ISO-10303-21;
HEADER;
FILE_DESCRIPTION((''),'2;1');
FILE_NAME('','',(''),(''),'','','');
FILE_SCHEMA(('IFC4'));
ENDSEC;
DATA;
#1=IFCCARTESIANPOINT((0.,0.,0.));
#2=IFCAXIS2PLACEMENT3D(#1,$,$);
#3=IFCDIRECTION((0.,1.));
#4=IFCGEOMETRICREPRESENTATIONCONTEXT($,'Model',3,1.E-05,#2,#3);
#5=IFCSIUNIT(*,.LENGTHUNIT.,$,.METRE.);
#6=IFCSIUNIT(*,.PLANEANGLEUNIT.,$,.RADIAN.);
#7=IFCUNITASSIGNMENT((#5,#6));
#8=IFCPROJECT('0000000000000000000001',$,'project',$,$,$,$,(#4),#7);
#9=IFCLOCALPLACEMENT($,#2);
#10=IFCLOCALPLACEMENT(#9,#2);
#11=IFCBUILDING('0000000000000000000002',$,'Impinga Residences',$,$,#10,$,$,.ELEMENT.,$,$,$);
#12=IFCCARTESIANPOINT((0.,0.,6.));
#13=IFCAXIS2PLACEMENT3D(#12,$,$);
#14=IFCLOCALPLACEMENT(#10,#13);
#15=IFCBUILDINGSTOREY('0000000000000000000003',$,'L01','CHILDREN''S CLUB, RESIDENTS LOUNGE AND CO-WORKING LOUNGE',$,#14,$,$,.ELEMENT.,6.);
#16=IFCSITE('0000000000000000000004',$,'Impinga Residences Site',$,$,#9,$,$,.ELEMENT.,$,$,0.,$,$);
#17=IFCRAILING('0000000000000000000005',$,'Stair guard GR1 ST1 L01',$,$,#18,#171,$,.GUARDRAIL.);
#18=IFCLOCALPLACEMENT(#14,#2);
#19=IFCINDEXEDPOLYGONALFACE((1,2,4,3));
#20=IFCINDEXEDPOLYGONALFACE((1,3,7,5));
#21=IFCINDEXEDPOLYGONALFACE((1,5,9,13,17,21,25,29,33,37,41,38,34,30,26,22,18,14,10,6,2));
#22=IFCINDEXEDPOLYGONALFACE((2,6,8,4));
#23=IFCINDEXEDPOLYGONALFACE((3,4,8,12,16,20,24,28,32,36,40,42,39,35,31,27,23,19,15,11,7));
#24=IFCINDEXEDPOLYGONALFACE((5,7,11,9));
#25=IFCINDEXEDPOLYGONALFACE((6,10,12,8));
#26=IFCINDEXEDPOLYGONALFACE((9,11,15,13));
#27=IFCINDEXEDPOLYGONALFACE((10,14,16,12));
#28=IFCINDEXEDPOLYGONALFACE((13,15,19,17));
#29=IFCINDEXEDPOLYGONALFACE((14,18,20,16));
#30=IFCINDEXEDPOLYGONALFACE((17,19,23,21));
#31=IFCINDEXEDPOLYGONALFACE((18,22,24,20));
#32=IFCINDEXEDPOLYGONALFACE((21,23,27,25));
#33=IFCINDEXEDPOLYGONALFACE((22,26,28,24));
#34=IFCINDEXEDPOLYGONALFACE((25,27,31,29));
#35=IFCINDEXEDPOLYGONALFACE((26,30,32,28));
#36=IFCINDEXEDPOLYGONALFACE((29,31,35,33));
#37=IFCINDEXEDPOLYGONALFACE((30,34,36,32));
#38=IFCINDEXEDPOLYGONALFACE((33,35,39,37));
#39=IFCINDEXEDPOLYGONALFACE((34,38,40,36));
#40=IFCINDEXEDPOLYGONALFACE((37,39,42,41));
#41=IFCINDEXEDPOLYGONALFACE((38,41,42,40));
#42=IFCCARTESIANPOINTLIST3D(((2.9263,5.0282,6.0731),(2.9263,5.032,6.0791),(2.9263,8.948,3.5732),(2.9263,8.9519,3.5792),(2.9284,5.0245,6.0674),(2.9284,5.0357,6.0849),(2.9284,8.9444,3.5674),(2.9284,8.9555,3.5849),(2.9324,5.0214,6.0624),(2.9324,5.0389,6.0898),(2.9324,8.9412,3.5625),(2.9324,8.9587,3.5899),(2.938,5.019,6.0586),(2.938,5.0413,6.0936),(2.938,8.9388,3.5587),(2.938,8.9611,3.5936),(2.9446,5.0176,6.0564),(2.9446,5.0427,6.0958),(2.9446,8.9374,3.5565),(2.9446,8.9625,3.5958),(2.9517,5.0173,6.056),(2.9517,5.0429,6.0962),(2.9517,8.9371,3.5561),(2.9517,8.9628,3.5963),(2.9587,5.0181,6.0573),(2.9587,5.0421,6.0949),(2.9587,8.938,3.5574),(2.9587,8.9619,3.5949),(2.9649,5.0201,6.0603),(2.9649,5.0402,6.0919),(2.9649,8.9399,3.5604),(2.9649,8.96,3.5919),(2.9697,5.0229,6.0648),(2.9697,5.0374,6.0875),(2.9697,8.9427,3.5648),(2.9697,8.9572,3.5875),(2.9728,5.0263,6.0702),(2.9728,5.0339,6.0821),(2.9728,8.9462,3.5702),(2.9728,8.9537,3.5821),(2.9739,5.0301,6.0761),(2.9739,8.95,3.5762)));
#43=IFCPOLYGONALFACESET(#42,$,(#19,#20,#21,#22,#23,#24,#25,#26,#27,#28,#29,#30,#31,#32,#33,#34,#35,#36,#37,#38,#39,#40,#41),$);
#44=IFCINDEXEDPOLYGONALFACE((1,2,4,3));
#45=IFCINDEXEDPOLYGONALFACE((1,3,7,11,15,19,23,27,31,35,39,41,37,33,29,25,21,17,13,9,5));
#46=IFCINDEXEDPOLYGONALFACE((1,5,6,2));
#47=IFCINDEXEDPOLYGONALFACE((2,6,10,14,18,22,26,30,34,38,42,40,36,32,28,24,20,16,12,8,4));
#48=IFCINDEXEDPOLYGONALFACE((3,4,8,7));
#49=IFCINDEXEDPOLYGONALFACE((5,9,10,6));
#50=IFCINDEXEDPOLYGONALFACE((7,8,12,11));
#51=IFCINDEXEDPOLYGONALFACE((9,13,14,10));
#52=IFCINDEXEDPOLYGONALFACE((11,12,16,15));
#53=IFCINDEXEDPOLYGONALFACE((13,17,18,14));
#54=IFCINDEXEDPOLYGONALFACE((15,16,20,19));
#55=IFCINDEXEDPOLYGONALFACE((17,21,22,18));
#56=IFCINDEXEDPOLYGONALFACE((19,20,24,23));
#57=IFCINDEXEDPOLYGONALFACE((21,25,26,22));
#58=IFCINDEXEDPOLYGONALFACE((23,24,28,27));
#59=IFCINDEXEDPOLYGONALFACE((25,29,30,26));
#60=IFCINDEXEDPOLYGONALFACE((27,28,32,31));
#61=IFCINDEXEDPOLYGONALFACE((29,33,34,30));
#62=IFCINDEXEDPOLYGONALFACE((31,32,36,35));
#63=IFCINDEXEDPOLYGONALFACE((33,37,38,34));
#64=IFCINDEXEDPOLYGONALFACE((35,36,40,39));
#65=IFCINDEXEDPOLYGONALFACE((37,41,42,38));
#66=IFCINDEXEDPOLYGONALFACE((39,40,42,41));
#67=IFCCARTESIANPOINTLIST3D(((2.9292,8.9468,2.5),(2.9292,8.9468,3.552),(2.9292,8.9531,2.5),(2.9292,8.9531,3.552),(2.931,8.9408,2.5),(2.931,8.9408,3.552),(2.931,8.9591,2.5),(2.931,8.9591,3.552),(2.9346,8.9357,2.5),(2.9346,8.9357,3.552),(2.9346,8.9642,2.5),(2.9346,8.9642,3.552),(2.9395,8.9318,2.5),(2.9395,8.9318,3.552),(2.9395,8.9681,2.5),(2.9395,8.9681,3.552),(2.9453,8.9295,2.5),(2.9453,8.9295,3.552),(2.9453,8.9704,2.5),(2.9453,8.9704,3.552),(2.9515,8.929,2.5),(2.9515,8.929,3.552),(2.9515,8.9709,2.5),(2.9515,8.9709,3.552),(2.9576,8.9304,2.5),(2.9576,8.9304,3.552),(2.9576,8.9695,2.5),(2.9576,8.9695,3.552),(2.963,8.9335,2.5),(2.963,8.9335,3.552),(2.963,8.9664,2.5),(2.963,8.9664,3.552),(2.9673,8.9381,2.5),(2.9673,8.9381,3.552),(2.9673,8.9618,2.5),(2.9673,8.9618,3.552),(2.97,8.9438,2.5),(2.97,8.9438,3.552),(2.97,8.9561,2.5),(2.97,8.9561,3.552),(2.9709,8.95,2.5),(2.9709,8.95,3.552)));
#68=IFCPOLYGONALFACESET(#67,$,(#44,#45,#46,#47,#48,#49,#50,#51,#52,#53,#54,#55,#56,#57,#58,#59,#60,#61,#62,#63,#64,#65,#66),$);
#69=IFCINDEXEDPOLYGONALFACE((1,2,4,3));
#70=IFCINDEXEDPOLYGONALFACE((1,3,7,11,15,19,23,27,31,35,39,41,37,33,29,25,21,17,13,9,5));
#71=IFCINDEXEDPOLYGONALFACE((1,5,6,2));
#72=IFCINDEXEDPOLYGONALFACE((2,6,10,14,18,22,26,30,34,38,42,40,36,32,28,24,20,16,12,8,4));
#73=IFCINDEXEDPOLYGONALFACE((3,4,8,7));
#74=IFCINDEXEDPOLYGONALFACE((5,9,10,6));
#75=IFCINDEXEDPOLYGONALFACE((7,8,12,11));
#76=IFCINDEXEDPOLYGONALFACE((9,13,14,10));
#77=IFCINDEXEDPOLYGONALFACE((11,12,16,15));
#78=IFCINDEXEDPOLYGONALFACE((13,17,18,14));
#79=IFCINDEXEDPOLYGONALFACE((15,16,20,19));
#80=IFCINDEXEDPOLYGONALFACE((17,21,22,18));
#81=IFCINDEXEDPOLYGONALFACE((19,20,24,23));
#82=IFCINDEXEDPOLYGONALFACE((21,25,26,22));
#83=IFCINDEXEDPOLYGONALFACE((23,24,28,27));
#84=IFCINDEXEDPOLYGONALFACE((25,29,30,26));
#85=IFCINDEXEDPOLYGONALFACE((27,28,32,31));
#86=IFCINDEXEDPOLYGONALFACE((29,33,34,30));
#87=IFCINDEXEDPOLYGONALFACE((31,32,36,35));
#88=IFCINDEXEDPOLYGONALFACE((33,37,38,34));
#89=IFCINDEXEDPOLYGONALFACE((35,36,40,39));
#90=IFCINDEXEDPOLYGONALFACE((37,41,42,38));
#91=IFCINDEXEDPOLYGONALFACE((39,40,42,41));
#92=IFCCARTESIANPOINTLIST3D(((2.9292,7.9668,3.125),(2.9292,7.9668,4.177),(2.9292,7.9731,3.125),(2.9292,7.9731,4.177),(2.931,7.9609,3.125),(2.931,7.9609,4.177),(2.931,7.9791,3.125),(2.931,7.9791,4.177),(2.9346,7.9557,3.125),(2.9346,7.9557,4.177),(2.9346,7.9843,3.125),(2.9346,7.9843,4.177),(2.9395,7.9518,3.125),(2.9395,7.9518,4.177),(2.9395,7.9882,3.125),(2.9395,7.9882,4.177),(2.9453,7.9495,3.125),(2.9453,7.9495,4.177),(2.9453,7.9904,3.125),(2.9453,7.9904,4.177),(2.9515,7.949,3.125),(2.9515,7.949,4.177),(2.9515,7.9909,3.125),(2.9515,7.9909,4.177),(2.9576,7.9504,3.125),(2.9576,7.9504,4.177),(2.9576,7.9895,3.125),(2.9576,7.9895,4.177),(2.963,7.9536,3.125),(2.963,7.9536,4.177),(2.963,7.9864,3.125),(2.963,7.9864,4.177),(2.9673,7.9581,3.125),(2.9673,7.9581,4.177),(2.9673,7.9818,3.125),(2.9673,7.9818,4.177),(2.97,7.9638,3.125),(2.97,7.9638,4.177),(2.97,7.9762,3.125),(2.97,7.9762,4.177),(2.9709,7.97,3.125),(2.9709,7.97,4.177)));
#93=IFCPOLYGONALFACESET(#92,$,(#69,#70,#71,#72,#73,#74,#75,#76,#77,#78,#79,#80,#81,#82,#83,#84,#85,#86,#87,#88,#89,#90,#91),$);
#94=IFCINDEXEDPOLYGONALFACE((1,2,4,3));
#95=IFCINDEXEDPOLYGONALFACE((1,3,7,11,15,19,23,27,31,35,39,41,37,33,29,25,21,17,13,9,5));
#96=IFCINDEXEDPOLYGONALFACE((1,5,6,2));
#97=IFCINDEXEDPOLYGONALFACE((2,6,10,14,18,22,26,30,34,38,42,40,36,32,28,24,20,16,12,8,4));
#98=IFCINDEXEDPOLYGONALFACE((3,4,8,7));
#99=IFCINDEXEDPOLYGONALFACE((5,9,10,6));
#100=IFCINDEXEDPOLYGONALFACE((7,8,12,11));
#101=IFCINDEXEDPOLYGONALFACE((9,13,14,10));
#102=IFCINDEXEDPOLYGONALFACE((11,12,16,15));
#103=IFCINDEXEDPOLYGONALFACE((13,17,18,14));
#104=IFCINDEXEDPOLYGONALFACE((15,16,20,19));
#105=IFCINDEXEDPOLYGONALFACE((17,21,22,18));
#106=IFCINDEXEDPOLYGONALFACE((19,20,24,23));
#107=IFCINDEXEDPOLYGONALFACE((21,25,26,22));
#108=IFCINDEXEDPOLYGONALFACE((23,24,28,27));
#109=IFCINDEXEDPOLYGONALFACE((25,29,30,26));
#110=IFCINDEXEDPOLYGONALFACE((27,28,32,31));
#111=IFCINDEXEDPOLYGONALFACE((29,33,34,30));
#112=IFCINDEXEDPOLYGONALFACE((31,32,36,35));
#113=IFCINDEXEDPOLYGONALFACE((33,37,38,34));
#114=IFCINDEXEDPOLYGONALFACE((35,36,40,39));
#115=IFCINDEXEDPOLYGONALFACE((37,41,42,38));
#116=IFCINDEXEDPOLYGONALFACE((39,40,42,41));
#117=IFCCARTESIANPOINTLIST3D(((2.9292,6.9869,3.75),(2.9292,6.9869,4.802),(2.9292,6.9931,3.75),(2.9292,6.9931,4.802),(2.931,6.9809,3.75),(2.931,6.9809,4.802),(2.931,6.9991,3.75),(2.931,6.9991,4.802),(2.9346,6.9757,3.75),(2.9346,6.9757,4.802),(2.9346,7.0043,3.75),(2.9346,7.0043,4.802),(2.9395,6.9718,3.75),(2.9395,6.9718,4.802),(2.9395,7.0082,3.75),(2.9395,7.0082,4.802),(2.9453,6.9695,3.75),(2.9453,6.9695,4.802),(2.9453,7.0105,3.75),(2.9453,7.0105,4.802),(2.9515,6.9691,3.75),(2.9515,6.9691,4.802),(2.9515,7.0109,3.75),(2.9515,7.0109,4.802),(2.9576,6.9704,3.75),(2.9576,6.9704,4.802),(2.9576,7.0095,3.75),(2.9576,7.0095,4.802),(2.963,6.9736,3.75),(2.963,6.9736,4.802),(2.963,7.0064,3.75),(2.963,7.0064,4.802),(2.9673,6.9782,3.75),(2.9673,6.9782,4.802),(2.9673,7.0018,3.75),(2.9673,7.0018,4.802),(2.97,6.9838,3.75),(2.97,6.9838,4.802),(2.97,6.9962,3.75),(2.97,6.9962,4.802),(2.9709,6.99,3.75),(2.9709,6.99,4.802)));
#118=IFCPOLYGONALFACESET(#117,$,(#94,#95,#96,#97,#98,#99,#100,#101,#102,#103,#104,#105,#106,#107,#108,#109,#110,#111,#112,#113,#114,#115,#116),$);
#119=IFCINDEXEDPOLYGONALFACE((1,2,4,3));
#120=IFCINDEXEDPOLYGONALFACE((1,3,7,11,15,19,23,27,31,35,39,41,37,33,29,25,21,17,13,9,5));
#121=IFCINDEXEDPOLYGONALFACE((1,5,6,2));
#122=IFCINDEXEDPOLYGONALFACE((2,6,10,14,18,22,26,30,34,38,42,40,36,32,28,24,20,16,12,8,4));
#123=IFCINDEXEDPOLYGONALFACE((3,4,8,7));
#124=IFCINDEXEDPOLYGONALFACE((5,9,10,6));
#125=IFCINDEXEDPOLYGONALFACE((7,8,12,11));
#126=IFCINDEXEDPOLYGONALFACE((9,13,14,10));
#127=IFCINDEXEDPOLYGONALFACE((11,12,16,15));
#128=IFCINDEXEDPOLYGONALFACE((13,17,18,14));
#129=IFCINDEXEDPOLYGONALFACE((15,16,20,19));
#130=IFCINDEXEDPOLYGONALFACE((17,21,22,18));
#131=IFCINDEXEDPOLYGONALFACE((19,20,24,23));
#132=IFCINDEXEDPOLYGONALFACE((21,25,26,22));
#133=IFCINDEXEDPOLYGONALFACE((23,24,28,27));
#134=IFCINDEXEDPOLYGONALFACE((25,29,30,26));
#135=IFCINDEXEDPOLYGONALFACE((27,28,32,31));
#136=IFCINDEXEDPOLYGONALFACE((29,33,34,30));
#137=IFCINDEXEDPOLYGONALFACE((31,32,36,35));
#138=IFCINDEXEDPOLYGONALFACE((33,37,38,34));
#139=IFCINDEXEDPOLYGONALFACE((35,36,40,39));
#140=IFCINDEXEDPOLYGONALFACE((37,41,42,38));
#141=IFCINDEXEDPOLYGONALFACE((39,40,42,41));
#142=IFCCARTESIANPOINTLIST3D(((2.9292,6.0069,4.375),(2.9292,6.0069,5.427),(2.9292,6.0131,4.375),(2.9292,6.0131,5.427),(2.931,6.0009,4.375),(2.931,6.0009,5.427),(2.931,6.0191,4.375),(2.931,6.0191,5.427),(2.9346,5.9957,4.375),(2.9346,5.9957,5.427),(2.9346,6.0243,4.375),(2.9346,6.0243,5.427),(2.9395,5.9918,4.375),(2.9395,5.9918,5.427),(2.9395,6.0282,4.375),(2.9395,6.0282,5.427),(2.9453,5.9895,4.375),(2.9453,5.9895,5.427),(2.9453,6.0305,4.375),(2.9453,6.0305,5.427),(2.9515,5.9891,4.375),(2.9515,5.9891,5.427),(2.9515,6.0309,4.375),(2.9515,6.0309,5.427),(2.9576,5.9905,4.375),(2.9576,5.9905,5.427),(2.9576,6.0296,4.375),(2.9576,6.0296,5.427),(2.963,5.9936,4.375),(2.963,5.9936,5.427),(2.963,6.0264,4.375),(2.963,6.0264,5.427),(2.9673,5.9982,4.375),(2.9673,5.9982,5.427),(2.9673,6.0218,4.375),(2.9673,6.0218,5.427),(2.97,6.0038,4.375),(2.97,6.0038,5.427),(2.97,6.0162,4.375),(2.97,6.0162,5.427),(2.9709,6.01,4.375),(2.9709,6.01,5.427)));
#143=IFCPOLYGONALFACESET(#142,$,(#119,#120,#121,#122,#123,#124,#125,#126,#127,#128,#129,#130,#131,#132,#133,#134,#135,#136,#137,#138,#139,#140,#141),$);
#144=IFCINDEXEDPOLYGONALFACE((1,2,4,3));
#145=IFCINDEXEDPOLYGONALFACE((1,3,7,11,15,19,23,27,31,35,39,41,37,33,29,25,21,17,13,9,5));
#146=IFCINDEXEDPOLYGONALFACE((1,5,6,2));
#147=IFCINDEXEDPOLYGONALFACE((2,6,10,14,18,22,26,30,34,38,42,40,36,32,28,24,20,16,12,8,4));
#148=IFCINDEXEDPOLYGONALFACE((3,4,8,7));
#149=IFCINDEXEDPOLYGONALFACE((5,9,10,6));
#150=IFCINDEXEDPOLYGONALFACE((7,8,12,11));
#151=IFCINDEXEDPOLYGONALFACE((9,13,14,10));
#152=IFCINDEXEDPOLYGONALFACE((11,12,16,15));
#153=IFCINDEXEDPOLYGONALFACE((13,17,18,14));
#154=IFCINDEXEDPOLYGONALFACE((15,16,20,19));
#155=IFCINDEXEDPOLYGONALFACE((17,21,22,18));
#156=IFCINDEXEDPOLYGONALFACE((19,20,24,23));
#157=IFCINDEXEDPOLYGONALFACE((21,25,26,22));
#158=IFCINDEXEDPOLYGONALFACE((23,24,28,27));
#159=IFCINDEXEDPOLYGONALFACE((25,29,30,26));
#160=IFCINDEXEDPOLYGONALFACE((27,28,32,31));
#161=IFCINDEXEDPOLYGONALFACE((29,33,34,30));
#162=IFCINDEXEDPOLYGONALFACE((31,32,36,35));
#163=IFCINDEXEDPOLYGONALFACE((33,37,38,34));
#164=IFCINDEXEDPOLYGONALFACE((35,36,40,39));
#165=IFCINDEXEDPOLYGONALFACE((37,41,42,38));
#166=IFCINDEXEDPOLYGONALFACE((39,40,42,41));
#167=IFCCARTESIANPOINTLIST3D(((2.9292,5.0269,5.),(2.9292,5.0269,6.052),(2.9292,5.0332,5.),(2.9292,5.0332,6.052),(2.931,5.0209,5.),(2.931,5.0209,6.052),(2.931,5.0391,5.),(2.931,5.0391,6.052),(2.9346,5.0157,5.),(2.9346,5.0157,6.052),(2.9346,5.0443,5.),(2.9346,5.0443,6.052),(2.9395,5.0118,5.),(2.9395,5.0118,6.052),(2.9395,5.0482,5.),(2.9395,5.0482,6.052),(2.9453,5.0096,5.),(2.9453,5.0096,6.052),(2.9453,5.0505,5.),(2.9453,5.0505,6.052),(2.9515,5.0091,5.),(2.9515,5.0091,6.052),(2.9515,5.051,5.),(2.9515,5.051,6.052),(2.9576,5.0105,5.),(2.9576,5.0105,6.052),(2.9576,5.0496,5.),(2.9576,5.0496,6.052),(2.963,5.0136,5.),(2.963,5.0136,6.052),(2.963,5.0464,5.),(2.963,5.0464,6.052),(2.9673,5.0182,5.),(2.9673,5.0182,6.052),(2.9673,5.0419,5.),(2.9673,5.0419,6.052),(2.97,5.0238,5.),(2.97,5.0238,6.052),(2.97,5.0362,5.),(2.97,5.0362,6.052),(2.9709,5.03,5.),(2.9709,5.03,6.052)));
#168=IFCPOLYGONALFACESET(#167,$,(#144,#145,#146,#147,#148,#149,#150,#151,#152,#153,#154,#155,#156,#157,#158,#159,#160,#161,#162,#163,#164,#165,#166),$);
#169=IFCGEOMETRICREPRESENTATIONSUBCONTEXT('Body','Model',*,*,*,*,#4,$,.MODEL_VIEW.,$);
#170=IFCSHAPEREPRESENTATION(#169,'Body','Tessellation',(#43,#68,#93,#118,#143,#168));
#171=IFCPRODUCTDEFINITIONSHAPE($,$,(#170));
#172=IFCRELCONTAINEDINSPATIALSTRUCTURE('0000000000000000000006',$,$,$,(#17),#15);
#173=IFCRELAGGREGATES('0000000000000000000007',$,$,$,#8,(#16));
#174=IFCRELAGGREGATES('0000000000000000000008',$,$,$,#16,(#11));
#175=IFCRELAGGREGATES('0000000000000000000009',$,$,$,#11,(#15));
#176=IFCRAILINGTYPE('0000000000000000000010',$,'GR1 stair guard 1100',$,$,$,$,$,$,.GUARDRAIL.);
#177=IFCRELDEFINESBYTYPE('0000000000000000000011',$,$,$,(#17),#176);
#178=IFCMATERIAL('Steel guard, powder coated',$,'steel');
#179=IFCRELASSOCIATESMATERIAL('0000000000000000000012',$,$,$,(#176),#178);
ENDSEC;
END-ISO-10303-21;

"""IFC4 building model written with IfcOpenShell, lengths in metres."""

from ifc_helpers import new_model, si_unit, direction, frame, origin, origin_2d, place, context, subcontext, project, spatial, circle, extrude, material, type_object, element, save


model = new_model("IFC4")

# Units and contexts
model_context = context("Model", 3, precision=1e-05, world=origin(), true_north=direction((0.0, 1.0)))
body_context = subcontext(model_context, "Body", "Model", "MODEL_VIEW")
ifc_project = project(units=[si_unit("LENGTHUNIT", "METRE"), si_unit("PLANEANGLEUNIT", "RADIAN")], contexts=[model_context])

# Site, building, storey
site_placement = place(None, origin())
site = spatial("IfcSite", under=ifc_project, at=site_placement, Name="Impinga Residences Site", CompositionType="ELEMENT", RefElevation=0.0)
building_placement = place(site_placement, origin())
building = spatial("IfcBuilding", under=site, at=building_placement, Name="Impinga Residences", CompositionType="ELEMENT")
storey_placement = place(building_placement, frame((0.0, 0.0, 6.0)))
storey = spatial("IfcBuildingStorey", under=building, at=storey_placement, Name="L01", Description="CHILDREN'S CLUB, RESIDENTS LOUNGE AND CO-WORKING LOUNGE", CompositionType="ELEMENT", Elevation=6.0)

# Railing
ifc_material_1 = material(Name="Steel guard, powder coated", Category="steel")
railing_type_1 = type_object("IfcRailingType", Name="GR1 stair guard 1100", PredefinedType="GUARDRAIL", material=ifc_material_1)
railing_1_placement = place(storey_placement, frame((2.95, 8.95, 2.5)))
element("IfcRailing", 1, at=railing_1_placement, inside=storey, type_object=railing_type_1, Name="Stair guard GR1 ST1 L01", PredefinedType="GUARDRAIL", context=body_context, shape_type="SweptSolid", body=[
    extrude(circle(Radius=0.0239, at=origin_2d()), frame((0.0, 0.0, 1.0762), z_axis=(0.0, -0.843125, 0.537718), x_axis=(1.0, 0.0, 0.0)), (0.0, 0.0, 1.0), 4.6492),
    extrude(circle(Radius=0.021, at=origin_2d()), origin(), (0.0, 0.0, 1.0), 1.052),
    extrude(circle(Radius=0.021, at=origin_2d()), frame((0.0, -0.98, 0.625)), (0.0, 0.0, 1.0), 1.052),
    extrude(circle(Radius=0.021, at=origin_2d()), frame((0.0, -1.96, 1.25)), (0.0, 0.0, 1.0), 1.052),
    extrude(circle(Radius=0.021, at=origin_2d()), frame((0.0, -2.9399, 1.875)), (0.0, 0.0, 1.0), 1.052),
    extrude(circle(Radius=0.021, at=origin_2d()), frame((0.0, -3.9199, 2.5)), (0.0, 0.0, 1.0), 1.052),
])

save(model, "model.ifc")
